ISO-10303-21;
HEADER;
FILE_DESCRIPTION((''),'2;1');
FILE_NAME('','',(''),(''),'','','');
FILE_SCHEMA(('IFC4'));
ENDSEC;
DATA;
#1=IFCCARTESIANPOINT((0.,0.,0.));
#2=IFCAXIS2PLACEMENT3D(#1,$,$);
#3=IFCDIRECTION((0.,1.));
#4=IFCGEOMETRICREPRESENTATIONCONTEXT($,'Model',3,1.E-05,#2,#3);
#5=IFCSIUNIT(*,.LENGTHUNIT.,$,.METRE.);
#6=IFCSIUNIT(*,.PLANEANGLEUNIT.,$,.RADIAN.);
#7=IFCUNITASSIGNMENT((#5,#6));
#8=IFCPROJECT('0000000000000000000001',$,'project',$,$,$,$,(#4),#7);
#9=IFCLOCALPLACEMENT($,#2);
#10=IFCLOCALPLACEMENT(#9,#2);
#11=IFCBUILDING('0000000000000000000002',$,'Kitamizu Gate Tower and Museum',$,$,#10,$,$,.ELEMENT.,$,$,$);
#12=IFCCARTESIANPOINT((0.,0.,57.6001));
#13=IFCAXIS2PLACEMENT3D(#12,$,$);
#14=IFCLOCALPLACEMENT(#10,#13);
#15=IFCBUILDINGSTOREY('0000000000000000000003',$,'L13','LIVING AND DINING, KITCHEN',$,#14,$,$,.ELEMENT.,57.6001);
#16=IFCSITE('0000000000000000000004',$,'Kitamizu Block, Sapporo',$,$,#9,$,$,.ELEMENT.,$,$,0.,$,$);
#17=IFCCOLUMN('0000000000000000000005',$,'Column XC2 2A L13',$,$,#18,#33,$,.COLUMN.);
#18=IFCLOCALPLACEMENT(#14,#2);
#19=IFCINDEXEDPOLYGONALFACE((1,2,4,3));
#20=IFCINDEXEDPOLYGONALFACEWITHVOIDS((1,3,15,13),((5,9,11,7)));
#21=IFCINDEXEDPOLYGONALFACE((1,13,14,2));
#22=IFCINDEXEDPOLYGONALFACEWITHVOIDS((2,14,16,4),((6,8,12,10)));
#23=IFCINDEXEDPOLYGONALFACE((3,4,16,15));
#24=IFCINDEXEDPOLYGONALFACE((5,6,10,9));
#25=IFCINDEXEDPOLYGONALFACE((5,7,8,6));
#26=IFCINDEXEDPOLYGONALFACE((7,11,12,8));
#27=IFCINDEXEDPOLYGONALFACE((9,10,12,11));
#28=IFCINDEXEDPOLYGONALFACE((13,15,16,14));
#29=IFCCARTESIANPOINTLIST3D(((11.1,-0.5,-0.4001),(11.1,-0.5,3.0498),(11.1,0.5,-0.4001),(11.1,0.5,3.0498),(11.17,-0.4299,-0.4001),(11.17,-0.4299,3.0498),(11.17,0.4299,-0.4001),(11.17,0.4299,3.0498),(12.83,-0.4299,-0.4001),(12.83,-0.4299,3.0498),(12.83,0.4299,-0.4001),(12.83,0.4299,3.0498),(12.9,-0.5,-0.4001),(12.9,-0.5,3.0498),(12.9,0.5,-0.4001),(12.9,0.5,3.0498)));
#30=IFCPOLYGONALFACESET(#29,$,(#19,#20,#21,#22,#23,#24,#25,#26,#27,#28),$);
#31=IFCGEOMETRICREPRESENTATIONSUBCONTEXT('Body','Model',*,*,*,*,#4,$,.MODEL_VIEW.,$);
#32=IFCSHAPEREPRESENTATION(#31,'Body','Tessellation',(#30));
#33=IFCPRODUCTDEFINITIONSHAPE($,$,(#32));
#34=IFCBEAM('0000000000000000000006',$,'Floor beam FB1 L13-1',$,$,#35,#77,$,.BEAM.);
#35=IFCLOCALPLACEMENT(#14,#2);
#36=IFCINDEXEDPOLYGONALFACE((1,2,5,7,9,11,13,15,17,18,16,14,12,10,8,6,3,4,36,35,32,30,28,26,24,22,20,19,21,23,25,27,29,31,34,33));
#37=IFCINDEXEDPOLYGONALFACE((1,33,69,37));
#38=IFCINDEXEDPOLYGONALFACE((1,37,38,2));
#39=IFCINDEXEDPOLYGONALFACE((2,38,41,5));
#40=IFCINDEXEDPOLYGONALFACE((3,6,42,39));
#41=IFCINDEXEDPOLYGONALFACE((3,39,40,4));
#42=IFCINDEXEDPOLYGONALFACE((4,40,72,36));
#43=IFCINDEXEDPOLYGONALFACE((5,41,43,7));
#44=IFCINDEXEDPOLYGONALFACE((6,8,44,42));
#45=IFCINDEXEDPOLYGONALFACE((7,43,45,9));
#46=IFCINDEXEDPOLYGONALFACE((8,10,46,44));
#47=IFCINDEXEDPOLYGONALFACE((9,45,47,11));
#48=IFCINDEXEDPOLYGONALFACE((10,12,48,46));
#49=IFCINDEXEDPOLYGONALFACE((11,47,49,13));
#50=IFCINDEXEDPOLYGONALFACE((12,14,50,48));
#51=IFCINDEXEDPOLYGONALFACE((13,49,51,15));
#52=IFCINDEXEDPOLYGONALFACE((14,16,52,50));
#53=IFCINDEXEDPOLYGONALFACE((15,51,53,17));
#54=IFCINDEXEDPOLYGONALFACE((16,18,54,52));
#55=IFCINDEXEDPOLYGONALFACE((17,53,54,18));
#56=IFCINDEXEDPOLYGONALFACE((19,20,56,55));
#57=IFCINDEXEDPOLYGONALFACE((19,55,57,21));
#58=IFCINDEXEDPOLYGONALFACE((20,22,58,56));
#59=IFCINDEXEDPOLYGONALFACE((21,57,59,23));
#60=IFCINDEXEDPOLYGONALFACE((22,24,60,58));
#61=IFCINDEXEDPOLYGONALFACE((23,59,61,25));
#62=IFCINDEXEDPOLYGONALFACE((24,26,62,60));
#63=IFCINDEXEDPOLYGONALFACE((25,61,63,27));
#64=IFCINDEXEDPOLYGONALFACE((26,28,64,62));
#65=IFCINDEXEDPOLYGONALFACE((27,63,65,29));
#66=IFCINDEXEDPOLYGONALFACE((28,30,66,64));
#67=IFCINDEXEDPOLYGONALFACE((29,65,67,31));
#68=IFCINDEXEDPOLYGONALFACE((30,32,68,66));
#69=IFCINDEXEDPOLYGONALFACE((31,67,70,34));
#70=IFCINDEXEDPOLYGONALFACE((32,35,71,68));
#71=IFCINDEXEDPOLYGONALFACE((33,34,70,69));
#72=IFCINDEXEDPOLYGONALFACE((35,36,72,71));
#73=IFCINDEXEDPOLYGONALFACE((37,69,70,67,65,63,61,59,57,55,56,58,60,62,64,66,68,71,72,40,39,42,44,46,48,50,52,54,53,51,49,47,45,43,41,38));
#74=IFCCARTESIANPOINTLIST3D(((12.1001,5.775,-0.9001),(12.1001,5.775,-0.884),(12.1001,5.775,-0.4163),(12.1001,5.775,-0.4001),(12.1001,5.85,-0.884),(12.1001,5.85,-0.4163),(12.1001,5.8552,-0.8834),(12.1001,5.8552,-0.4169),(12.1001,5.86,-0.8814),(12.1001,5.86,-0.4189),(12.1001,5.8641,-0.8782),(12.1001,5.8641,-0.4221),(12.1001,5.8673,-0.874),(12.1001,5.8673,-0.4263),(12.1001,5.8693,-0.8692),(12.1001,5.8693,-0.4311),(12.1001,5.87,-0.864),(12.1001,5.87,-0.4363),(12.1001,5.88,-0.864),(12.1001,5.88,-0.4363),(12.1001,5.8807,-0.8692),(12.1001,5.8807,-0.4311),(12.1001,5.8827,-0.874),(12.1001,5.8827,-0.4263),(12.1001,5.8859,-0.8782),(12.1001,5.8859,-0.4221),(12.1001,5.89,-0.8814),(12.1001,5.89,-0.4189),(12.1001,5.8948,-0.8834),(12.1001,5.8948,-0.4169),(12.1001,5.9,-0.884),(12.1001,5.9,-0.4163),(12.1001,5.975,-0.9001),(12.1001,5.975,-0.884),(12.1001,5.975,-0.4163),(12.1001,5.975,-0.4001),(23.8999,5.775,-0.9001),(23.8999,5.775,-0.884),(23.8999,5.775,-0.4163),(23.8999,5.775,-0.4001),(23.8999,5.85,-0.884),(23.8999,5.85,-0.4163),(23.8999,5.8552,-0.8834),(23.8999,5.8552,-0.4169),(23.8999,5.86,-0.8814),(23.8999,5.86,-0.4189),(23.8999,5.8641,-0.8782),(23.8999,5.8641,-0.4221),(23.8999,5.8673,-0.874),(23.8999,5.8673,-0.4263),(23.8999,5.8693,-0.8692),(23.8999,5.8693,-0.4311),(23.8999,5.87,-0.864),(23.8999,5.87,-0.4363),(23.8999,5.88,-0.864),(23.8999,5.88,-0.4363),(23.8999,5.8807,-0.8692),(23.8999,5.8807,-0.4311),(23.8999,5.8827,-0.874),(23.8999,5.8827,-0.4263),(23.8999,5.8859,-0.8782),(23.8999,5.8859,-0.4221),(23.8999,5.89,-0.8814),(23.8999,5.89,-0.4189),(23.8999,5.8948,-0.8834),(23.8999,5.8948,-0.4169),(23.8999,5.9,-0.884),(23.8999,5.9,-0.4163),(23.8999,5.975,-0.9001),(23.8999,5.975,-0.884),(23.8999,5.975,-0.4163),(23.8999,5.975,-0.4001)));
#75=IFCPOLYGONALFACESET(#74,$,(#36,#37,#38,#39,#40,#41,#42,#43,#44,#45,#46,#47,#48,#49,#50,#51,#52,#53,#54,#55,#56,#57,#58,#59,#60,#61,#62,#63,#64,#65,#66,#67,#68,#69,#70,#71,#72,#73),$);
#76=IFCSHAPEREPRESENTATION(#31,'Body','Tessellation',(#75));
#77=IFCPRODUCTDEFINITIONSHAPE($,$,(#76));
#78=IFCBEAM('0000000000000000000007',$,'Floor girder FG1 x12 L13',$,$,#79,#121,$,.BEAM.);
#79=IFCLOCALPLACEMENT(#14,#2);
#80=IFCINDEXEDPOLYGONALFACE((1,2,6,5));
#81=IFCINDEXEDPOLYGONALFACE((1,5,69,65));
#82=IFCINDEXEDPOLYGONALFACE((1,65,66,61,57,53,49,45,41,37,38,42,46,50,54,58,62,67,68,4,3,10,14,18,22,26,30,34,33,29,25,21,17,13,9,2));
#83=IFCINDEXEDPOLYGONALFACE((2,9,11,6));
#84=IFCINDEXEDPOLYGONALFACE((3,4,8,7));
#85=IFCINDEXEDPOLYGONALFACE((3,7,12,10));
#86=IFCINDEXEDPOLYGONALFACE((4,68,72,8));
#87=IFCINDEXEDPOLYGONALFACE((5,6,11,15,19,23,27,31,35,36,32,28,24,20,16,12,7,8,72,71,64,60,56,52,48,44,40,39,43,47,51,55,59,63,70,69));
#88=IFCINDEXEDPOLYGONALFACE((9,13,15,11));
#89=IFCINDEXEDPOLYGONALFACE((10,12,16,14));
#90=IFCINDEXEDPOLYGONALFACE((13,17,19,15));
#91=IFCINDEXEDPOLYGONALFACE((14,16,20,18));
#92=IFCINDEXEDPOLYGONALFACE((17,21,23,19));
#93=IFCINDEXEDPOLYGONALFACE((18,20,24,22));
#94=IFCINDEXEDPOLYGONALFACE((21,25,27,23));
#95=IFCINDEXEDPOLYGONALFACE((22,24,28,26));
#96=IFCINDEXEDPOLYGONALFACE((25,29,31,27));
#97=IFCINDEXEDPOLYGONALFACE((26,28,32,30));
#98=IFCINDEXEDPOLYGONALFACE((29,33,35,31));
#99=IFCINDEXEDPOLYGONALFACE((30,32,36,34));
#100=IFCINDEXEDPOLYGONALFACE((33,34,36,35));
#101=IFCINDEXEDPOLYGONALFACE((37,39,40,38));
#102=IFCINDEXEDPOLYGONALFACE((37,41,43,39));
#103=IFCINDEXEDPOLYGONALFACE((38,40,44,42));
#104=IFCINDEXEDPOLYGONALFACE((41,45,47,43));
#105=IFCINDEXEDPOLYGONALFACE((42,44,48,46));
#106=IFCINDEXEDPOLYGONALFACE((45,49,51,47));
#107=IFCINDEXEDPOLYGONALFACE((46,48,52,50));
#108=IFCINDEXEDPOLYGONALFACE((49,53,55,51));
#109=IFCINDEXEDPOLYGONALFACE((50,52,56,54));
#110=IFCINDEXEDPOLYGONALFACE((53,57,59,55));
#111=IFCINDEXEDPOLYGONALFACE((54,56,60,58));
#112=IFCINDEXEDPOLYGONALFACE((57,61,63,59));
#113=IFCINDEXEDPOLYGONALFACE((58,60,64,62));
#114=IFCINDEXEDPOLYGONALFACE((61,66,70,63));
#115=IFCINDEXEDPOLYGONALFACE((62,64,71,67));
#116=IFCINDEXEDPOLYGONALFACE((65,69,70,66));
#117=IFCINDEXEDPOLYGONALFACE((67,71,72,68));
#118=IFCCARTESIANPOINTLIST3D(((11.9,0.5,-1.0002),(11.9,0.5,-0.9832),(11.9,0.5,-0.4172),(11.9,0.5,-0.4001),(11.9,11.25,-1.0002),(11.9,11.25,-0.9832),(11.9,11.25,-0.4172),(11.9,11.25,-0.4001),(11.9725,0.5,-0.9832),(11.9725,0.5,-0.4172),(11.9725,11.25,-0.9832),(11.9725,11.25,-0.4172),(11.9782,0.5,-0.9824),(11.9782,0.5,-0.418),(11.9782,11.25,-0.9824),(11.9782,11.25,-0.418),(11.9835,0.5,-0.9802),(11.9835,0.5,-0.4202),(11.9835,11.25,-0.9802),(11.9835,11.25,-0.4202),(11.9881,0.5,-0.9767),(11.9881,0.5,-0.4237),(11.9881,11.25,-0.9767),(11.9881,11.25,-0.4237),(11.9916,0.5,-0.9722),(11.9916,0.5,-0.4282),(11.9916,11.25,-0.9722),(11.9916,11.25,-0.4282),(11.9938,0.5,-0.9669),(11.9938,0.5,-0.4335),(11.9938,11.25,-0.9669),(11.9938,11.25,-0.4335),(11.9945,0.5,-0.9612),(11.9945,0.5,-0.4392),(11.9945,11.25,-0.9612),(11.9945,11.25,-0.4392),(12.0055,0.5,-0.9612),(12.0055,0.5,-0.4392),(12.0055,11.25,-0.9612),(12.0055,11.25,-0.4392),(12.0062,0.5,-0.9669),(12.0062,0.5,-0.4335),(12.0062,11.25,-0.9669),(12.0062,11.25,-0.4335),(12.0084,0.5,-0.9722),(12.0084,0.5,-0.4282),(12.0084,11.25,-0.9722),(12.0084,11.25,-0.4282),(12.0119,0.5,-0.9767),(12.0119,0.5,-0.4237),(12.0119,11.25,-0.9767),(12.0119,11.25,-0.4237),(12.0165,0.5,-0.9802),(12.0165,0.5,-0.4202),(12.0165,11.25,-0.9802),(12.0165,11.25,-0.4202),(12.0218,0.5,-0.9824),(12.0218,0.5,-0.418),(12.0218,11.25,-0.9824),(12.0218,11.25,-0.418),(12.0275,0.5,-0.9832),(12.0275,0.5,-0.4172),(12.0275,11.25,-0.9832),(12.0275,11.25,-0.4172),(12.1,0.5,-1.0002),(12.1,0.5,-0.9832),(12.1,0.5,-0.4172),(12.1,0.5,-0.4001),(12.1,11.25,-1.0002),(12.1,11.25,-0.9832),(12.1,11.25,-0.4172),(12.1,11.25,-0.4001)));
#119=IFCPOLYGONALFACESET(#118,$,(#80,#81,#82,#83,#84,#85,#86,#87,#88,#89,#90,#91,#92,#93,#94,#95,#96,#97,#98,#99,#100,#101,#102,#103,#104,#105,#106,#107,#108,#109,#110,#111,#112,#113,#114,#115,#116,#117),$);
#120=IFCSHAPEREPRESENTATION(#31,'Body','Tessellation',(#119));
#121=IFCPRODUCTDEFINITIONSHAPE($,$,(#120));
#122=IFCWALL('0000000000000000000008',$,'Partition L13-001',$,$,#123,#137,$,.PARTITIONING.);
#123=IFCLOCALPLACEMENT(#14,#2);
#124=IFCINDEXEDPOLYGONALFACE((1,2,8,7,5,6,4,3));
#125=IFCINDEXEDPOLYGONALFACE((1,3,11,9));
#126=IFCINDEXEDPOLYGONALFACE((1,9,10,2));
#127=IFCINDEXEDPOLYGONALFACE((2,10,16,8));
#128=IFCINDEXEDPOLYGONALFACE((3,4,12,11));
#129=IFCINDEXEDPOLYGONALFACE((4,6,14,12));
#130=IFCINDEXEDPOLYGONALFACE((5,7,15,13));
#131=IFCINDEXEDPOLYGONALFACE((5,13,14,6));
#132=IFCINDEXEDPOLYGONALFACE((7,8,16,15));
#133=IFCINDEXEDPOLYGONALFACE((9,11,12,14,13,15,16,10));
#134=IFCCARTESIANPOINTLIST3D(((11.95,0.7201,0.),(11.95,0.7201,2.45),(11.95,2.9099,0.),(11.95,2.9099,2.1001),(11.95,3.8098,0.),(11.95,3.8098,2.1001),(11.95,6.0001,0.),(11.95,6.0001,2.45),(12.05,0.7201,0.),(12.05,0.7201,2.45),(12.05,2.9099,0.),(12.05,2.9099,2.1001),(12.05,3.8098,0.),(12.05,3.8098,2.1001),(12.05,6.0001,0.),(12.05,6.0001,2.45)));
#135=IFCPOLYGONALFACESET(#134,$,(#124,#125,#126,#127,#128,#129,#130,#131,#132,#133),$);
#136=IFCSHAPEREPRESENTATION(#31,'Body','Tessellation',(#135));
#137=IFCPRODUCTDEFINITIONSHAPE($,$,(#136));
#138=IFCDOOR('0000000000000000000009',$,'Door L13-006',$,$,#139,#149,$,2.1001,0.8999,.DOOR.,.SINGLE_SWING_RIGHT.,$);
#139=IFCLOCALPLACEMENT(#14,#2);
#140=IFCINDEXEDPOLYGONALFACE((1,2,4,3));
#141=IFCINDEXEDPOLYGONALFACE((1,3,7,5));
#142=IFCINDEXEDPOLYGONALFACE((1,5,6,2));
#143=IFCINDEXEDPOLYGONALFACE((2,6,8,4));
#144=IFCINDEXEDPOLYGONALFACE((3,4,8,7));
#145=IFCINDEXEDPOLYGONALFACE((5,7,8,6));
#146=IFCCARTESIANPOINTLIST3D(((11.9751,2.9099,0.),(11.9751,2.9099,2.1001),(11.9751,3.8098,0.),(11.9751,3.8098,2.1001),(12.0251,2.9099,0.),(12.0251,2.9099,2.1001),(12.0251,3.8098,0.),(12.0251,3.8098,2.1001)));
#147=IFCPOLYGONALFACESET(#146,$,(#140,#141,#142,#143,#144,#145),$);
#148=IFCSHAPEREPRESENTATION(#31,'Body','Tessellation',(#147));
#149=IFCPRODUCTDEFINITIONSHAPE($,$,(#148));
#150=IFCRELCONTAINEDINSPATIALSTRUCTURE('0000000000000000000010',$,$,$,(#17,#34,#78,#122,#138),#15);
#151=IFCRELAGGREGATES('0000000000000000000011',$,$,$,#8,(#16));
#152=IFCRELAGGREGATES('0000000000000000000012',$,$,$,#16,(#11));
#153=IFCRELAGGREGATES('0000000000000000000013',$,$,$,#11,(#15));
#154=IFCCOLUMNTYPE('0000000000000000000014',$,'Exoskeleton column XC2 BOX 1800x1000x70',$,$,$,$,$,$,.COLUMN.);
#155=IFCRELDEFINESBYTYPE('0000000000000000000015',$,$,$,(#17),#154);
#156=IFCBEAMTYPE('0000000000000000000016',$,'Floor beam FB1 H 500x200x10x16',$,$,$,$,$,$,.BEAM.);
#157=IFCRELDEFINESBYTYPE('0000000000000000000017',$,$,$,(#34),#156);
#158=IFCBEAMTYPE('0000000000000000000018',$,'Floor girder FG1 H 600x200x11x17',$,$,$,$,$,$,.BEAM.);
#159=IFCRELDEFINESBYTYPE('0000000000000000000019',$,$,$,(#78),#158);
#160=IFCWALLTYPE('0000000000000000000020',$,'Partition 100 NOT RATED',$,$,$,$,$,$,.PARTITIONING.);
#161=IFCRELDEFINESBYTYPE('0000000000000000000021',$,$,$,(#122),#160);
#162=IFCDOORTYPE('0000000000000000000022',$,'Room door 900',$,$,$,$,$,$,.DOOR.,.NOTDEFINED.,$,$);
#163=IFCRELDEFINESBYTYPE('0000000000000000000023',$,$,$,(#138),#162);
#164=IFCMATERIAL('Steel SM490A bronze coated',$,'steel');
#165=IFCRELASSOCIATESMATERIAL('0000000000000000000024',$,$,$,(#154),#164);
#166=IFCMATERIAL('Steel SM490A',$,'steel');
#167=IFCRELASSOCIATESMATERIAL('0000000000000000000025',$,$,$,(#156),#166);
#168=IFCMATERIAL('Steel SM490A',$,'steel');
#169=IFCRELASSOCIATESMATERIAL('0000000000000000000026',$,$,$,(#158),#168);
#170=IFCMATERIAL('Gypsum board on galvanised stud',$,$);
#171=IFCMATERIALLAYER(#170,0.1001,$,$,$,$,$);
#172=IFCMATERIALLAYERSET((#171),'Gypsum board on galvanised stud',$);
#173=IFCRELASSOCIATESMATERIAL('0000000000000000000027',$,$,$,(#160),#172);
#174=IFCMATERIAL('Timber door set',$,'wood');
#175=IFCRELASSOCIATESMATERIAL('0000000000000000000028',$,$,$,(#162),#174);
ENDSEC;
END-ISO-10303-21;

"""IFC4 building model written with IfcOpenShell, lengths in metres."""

from ifc_helpers import new_model, si_unit, direction, frame, frame_2d, origin, origin_2d, place, context, subcontext, project, spatial, rectangle, hollow_rectangle, i_section, extrude, material, layer, layer_set, material_profile, profile_set, type_object, element, fill, save


model = new_model("IFC4")

# Units and contexts
model_context = context("Model", 3, precision=1e-05, world=origin(), true_north=direction((0.0, 1.0)))
body_context = subcontext(model_context, "Body", "Model", "MODEL_VIEW")
ifc_project = project(units=[si_unit("LENGTHUNIT", "METRE"), si_unit("PLANEANGLEUNIT", "RADIAN")], contexts=[model_context])

# Site, building, storey
site_placement = place(None, origin())
site = spatial("IfcSite", under=ifc_project, at=site_placement, Name="Kitamizu Block, Sapporo", CompositionType="ELEMENT", RefElevation=0.0)
building_placement = place(site_placement, origin())
building = spatial("IfcBuilding", under=site, at=building_placement, Name="Kitamizu Gate Tower and Museum", CompositionType="ELEMENT")
storey_placement = place(building_placement, frame((0.0, 0.0, 57.6001)))
storey = spatial("IfcBuildingStorey", under=building, at=storey_placement, Name="L13", Description="LIVING AND DINING, KITCHEN", CompositionType="ELEMENT", Elevation=57.6001)

# Column
ifc_material_1 = material(Name="Steel SM490A bronze coated", Category="steel")
ifc_material_profile_1 = material_profile(ifc_material_1, hollow_rectangle(XDim=1.8, YDim=1.0, WallThickness=0.0701, at=origin_2d()), Name="BOX 1800x1000x70")
ifc_profile_set_1 = profile_set([ifc_material_profile_1], Name="Steel SM490A bronze coated")
column_type = type_object("IfcColumnType", Name="Exoskeleton column XC2 BOX 1800x1000x70", PredefinedType="COLUMN", material=ifc_profile_set_1)
column_placement = place(storey_placement, frame((12.0, 0.0, -0.4001), z_axis=(0.0, 0.0, 1.0), x_axis=(1.0, 0.0, 0.0)))
element("IfcColumn", 1, at=column_placement, inside=storey, type_object=column_type, Name="Column XC2 2A L13", PredefinedType="COLUMN", context=body_context, shape_type="SweptSolid", body=[
    extrude(hollow_rectangle(XDim=1.8, YDim=1.0, WallThickness=0.0701, at=origin_2d()), origin(), (0.0, 0.0, 1.0), 3.45),
])

# Beams
ifc_material_2 = material(Name="Steel SM490A", Category="steel")
ifc_material_profile_2 = material_profile(ifc_material_2, i_section(OverallWidth=0.2, OverallDepth=0.5, WebThickness=0.01, FlangeThickness=0.0161, FilletRadius=0.02, at=origin_2d()), Name="H-500x200x10x16")
ifc_profile_set_2 = profile_set([ifc_material_profile_2], Name="Steel SM490A")
beam_type_1 = type_object("IfcBeamType", Name="Floor beam FB1 H 500x200x10x16", PredefinedType="BEAM", material=ifc_profile_set_2)
beam_1_placement = place(storey_placement, frame((12.1001, 5.875, -0.6501), z_axis=(1.0, 0.0, 0.0), x_axis=(0.0, 1.0, 0.0)))
element("IfcBeam", 2, at=beam_1_placement, inside=storey, type_object=beam_type_1, Name="Floor beam FB1 L13-1", PredefinedType="BEAM", context=body_context, shape_type="SweptSolid", body=[
    extrude(i_section(OverallWidth=0.2, OverallDepth=0.5, WebThickness=0.01, FlangeThickness=0.0161, FilletRadius=0.02, at=origin_2d()), origin(), (0.0, 0.0, 1.0), 11.7998),
])
ifc_material_3 = material(Name="Steel SM490A", Category="steel")
ifc_material_profile_3 = material_profile(ifc_material_3, i_section(OverallWidth=0.2, OverallDepth=0.6001, WebThickness=0.011, FlangeThickness=0.0171, FilletRadius=0.022, at=origin_2d()), Name="H-600x200x11x17")
ifc_profile_set_3 = profile_set([ifc_material_profile_3], Name="Steel SM490A")
beam_type_2 = type_object("IfcBeamType", Name="Floor girder FG1 H 600x200x11x17", PredefinedType="BEAM", material=ifc_profile_set_3)
beam_2_placement = place(storey_placement, frame((12.0, 0.5, -0.7002), z_axis=(0.0, 1.0, 0.0), x_axis=(-1.0, 0.0, 0.0)))
element("IfcBeam", 3, at=beam_2_placement, inside=storey, type_object=beam_type_2, Name="Floor girder FG1 x12 L13", PredefinedType="BEAM", context=body_context, shape_type="SweptSolid", body=[
    extrude(i_section(OverallWidth=0.2, OverallDepth=0.6001, WebThickness=0.011, FlangeThickness=0.0171, FilletRadius=0.022, at=origin_2d()), origin(), (0.0, 0.0, 1.0), 10.75),
])

# Wall, opening, door
ifc_material_4 = material(Name="Gypsum board on galvanised stud")
ifc_layer_1 = layer(ifc_material_4, 0.1001)
ifc_layer_set_1 = layer_set([ifc_layer_1], Name="Gypsum board on galvanised stud")
wall_type_1 = type_object("IfcWallType", Name="Partition 100 NOT RATED", PredefinedType="PARTITIONING", material=ifc_layer_set_1)
wall_1_placement = place(storey_placement, frame((12.0, 0.72, 0.0), z_axis=(0.0, 0.0, 1.0), x_axis=(0.0, 1.0, 0.0)))
wall_1 = element("IfcWall", 4, at=wall_1_placement, inside=storey, type_object=wall_type_1, Name="Partition L13-001", PredefinedType="PARTITIONING", context=body_context, shape_type="SweptSolid", body=[
    extrude(rectangle(XDim=5.28, YDim=0.1001, at=frame_2d((2.6401, 0.0))), origin(), (0.0, 0.0, 1.0), 2.45),
])
opening_1_placement = place(wall_1_placement, frame((2.1899, 0.0, 0.0)))
opening_1 = element("IfcOpeningElement", 5, at=opening_1_placement, cuts=wall_1, PredefinedType="OPENING", context=body_context, shape_type="SweptSolid", body=[
    extrude(rectangle(XDim=0.8999, YDim=2.1001, at=frame_2d((0.45, 1.05))), frame((0.0, 0.0601, 0.0), z_axis=(0.0, -1.0, 0.0), x_axis=(1.0, 0.0, 0.0)), (0.0, 0.0, 1.0), 0.1201),
])
ifc_material_5 = material(Name="Timber door set", Category="wood")
door_type = type_object("IfcDoorType", Name="Room door 900", OperationType="NOTDEFINED", PredefinedType="DOOR", material=ifc_material_5)
door_placement = place(opening_1_placement, origin())
door = element("IfcDoor", 6, at=door_placement, inside=storey, type_object=door_type, Name="Door L13-006", OperationType="SINGLE_SWING_RIGHT", OverallHeight=2.1001, OverallWidth=0.8999, PredefinedType="DOOR", context=body_context, shape_type="SweptSolid", body=[
    extrude(rectangle(XDim=0.8999, YDim=2.1001, at=frame_2d((0.45, 1.05))), frame((0.0, 0.0249, 0.0), z_axis=(0.0, -1.0, 0.0), x_axis=(1.0, 0.0, 0.0)), (0.0, 0.0, 1.0), 0.05),
])
fill(opening_1, door)

save(model, "model.ifc")
